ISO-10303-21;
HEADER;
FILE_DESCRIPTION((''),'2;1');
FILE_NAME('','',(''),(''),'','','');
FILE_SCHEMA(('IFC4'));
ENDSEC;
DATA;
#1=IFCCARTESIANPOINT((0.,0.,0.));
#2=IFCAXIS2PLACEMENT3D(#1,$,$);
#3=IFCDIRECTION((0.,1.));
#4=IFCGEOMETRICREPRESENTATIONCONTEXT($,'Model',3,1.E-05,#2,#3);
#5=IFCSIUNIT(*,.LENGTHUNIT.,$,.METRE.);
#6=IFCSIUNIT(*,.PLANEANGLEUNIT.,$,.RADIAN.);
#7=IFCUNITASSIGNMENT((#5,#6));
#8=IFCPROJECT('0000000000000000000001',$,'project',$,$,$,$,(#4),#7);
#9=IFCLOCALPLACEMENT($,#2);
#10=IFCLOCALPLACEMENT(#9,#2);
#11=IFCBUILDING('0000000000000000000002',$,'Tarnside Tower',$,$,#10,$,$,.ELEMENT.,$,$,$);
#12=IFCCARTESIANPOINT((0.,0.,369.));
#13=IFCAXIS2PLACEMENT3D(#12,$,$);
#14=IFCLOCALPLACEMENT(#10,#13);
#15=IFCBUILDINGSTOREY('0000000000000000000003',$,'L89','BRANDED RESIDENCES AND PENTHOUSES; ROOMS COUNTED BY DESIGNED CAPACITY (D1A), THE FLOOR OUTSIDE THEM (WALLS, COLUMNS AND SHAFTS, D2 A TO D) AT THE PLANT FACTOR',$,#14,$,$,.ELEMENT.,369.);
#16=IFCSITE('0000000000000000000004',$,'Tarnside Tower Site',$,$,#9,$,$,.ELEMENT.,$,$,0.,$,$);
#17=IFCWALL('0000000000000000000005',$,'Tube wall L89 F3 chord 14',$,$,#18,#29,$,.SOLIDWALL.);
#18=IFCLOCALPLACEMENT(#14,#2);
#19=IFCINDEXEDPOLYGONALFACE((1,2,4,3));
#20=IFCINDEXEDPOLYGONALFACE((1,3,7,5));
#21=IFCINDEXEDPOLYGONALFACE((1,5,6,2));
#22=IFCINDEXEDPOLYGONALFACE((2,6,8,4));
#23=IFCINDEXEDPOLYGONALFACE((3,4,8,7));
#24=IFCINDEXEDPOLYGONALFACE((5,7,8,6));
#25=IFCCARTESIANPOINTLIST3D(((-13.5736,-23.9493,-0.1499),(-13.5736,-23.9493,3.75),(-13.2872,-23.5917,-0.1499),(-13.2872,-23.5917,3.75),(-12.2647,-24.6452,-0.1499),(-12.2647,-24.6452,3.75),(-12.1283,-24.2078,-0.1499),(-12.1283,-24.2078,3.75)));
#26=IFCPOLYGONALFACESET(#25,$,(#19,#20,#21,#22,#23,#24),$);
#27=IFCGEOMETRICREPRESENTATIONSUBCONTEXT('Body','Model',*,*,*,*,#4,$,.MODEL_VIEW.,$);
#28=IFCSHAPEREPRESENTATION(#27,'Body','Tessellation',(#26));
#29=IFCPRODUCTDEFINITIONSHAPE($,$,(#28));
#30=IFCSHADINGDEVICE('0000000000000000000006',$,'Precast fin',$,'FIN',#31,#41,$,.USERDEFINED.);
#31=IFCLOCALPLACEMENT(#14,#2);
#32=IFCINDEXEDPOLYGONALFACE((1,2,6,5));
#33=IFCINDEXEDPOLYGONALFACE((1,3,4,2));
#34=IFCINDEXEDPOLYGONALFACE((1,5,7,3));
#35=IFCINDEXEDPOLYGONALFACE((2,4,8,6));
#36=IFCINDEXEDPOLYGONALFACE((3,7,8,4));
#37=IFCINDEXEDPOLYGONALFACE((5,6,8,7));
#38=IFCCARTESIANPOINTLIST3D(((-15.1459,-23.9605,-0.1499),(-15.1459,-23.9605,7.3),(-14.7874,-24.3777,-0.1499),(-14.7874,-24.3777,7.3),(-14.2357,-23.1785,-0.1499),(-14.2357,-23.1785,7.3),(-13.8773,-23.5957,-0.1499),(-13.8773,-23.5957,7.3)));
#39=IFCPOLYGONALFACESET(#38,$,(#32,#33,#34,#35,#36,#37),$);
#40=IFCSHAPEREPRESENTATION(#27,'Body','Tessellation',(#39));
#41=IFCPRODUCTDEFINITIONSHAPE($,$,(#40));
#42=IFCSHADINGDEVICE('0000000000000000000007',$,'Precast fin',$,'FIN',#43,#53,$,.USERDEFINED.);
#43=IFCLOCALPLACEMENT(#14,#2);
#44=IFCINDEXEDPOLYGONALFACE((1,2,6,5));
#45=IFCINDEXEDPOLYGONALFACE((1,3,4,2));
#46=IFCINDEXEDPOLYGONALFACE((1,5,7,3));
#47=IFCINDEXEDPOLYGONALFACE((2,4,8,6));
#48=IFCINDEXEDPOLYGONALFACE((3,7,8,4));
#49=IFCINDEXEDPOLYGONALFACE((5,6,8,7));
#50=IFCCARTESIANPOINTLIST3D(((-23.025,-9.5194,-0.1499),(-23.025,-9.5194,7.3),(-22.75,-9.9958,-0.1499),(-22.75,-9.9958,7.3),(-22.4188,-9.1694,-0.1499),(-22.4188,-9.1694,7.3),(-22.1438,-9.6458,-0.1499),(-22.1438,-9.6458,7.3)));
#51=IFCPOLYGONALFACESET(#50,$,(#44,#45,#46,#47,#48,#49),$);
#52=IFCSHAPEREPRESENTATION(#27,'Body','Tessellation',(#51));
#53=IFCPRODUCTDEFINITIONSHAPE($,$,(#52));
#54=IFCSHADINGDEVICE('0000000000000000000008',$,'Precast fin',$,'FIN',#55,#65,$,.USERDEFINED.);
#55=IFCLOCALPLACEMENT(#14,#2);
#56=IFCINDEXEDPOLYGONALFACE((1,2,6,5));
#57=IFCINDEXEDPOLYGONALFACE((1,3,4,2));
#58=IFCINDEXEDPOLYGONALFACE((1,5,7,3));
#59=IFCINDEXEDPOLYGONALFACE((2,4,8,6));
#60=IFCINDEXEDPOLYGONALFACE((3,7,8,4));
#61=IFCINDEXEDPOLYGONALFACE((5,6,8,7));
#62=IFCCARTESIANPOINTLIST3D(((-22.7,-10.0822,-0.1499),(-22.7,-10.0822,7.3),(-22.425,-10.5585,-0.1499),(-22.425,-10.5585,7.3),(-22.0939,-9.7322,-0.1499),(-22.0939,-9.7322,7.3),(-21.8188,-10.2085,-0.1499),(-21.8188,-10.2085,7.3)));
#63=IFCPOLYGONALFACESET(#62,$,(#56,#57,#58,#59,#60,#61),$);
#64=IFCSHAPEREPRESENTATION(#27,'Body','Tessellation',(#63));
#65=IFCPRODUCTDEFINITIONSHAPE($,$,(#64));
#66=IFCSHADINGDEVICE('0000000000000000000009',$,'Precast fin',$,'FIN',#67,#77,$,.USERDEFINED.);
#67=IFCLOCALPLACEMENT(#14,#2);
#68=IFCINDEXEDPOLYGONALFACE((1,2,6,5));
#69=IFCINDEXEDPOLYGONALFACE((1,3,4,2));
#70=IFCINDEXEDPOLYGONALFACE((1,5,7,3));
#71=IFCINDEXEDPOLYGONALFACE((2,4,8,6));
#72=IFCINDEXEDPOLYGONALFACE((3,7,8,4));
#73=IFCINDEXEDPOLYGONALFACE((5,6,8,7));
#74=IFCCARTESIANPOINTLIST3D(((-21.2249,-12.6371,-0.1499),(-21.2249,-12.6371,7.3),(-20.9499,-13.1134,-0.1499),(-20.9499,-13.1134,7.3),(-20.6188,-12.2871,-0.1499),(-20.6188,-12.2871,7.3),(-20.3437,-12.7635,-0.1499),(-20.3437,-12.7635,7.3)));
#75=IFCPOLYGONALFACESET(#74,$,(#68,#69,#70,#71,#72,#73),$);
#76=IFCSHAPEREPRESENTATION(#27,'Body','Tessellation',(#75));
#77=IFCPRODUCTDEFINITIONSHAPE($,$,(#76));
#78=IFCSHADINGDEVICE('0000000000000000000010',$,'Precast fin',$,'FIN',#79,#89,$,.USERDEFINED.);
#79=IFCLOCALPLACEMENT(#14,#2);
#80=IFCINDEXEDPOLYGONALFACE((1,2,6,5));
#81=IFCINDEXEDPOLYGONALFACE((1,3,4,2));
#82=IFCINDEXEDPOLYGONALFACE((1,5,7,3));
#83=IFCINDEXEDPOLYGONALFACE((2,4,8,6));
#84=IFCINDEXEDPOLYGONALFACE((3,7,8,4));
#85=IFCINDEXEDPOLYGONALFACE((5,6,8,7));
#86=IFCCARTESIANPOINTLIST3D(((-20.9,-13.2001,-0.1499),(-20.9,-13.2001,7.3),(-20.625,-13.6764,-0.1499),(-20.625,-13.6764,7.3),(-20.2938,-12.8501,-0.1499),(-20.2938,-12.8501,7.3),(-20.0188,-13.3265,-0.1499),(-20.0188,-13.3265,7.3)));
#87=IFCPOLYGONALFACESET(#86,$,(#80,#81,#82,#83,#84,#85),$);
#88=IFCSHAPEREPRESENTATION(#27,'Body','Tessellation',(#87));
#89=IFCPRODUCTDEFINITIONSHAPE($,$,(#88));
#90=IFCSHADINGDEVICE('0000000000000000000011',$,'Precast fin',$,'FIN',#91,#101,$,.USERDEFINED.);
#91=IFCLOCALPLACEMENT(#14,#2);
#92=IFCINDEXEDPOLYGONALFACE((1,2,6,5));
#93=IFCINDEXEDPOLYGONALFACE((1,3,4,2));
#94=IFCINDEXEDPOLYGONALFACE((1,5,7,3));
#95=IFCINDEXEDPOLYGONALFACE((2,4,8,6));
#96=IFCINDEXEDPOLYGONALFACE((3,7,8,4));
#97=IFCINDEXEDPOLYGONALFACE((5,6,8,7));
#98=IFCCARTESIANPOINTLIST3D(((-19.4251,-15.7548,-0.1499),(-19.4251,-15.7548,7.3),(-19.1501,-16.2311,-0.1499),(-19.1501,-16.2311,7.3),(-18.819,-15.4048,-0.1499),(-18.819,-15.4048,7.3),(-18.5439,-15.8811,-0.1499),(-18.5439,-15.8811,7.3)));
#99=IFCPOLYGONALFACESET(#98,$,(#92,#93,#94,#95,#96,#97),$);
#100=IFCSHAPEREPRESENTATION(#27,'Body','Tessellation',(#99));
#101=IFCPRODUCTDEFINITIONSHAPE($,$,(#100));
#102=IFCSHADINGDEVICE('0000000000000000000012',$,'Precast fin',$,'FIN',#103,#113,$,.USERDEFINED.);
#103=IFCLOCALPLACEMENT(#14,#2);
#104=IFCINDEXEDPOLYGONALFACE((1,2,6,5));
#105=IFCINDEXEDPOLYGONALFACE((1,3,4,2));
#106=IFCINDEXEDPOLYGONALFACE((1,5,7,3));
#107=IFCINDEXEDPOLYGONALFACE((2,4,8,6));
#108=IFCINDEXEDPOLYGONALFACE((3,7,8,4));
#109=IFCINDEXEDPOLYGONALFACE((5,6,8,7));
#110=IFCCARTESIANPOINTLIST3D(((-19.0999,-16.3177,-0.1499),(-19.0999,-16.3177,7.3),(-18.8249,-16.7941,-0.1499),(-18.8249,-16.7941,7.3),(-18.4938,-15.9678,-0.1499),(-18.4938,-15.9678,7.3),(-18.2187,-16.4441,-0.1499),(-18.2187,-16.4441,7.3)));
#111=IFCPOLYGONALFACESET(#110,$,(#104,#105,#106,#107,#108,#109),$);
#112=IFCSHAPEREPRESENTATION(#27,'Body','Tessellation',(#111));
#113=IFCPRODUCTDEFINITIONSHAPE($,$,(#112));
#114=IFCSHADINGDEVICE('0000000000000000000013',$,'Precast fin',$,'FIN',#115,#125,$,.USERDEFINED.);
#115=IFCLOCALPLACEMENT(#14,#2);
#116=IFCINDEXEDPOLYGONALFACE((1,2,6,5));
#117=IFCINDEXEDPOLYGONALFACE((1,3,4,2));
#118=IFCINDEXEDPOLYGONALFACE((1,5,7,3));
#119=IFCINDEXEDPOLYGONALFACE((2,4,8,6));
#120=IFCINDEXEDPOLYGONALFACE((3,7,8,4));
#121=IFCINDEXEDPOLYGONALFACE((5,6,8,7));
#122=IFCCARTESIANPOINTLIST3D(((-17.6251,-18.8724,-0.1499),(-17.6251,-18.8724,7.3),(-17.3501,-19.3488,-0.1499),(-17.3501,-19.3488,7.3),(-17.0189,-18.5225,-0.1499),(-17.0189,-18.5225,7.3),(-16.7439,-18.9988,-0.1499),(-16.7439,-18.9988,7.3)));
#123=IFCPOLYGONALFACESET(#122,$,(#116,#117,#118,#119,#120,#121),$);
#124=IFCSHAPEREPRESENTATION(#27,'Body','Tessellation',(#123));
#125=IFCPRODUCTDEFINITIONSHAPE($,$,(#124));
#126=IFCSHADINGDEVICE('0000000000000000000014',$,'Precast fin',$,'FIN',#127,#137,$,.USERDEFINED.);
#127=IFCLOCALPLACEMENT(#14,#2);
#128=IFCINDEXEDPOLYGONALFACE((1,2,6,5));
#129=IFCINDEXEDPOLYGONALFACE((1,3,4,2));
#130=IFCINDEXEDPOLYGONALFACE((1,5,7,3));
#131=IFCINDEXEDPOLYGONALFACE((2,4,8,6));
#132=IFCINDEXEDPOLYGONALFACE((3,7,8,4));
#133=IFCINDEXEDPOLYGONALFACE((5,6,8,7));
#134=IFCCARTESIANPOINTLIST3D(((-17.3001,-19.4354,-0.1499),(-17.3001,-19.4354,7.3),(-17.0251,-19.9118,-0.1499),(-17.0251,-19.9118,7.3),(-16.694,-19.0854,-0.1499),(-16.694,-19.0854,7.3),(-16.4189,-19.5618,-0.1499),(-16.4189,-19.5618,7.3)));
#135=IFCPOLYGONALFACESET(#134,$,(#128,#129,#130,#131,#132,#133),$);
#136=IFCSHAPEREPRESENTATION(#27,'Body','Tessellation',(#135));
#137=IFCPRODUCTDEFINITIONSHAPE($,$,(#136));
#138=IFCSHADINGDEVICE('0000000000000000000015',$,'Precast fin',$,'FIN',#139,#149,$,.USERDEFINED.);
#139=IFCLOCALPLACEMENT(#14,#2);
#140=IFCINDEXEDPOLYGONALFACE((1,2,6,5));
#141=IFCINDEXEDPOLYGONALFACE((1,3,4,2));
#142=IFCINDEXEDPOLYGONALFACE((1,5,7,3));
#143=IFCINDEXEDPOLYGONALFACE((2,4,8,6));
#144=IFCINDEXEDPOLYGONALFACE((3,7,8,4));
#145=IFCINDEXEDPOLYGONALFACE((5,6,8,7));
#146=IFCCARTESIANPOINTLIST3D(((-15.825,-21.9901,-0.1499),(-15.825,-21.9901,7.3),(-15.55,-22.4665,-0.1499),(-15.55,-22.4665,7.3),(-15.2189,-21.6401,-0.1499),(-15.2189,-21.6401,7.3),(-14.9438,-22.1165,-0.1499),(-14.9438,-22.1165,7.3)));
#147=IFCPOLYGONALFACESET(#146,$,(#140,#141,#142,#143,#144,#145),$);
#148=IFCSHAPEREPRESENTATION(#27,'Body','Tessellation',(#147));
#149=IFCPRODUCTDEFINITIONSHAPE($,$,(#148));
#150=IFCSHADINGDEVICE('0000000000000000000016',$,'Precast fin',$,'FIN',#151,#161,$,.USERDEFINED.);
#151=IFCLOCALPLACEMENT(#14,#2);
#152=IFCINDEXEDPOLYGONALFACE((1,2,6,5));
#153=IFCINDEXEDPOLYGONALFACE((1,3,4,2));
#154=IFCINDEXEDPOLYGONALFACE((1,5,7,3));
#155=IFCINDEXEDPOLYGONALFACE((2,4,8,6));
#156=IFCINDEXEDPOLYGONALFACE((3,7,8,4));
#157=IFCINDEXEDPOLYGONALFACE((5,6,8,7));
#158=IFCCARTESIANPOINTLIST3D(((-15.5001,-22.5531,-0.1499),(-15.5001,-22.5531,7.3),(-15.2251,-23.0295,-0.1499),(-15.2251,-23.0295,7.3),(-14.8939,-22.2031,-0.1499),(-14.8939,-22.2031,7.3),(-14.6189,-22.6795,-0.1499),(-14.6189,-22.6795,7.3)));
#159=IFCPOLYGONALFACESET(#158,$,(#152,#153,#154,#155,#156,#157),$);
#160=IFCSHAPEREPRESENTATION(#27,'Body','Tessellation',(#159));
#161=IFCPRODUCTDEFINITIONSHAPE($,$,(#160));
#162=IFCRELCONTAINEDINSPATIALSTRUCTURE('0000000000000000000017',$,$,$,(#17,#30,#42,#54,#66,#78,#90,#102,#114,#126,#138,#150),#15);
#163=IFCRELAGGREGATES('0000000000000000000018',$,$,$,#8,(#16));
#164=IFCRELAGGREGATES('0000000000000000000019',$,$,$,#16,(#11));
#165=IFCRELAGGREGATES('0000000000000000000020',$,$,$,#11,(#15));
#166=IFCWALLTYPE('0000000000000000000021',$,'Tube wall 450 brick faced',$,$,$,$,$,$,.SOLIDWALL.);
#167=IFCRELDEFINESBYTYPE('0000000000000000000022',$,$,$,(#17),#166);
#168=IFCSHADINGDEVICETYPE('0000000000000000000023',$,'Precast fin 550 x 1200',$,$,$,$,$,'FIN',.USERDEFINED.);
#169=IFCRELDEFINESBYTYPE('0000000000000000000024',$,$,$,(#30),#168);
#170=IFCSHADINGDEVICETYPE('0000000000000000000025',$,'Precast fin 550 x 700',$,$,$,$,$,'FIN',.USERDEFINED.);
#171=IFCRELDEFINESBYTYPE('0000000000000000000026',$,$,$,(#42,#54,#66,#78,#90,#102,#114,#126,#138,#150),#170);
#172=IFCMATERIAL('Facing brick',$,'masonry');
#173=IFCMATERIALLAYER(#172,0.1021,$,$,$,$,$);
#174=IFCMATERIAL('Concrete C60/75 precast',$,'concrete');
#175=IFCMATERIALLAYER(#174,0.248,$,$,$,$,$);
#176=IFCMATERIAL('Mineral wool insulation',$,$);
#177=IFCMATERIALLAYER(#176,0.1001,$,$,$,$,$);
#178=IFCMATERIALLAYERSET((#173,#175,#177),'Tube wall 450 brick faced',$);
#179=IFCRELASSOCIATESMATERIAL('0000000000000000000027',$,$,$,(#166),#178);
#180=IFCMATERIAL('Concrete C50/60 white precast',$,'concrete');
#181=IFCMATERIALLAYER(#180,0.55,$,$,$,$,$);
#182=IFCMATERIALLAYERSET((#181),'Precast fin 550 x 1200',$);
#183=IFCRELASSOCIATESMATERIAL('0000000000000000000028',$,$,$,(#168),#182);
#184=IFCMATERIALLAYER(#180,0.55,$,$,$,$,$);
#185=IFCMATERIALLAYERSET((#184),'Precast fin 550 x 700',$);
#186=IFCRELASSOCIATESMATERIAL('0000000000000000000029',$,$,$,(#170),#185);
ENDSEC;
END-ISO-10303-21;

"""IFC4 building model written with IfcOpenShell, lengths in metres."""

from ifc_helpers import new_model, si_unit, direction, frame, origin, place, context, subcontext, project, spatial, polyline, outline, extrude, material, layer, layer_set, type_object, element, save


model = new_model("IFC4")

# Units and contexts
model_context = context("Model", 3, precision=1e-05, world=origin(), true_north=direction((0.0, 1.0)))
body_context = subcontext(model_context, "Body", "Model", "MODEL_VIEW")
ifc_project = project(units=[si_unit("LENGTHUNIT", "METRE"), si_unit("PLANEANGLEUNIT", "RADIAN")], contexts=[model_context])

# Site, building, storey
site_placement = place(None, origin())
site = spatial("IfcSite", under=ifc_project, at=site_placement, Name="Tarnside Tower Site", CompositionType="ELEMENT", RefElevation=0.0)
building_placement = place(site_placement, origin())
building = spatial("IfcBuilding", under=site, at=building_placement, Name="Tarnside Tower", CompositionType="ELEMENT")
storey_placement = place(building_placement, frame((0.0, 0.0, 369.0)))
storey = spatial("IfcBuildingStorey", under=building, at=storey_placement, Name="L89", Description="BRANDED RESIDENCES AND PENTHOUSES; ROOMS COUNTED BY DESIGNED CAPACITY (D1A), THE FLOOR OUTSIDE THEM (WALLS, COLUMNS AND SHAFTS, D2 A TO D) AT THE PLANT FACTOR", CompositionType="ELEMENT", Elevation=369.0)

# Wall
ifc_material_1 = material(Name="Facing brick", Category="masonry")
ifc_layer_1 = layer(ifc_material_1, 0.1021)
ifc_material_2 = material(Name="Concrete C60/75 precast", Category="concrete")
ifc_layer_2 = layer(ifc_material_2, 0.248)
ifc_material_3 = material(Name="Mineral wool insulation")
ifc_layer_3 = layer(ifc_material_3, 0.1001)
ifc_layer_set_1 = layer_set([ifc_layer_1, ifc_layer_2, ifc_layer_3], Name="Tube wall 450 brick faced")
wall_type_1 = type_object("IfcWallType", Name="Tube wall 450 brick faced", PredefinedType="SOLIDWALL", material=ifc_layer_set_1)
wall_1_placement = place(storey_placement, frame((-13.4304, -23.7705, -0.1499), z_axis=(0.0, 0.0, 1.0), x_axis=(0.882966, -0.469436, 0.0)))
element("IfcWall", 1, at=wall_1_placement, inside=storey, type_object=wall_type_1, Name="Tube wall L89 F3 chord 14", PredefinedType="SOLIDWALL", context=body_context, shape_type="SweptSolid", body=[
    extrude(outline(polyline([(-0.0425, -0.2251), (1.4399, -0.2251), (1.355, 0.2251), (0.0425, 0.2251), (-0.0425, -0.2251)])), origin(), (0.0, 0.0, 1.0), 3.8999),
])

# Shading devices
ifc_material_4 = material(Name="Concrete C50/60 white precast", Category="concrete")
ifc_layer_4 = layer(ifc_material_4, 0.55)
ifc_layer_set_2 = layer_set([ifc_layer_4], Name="Precast fin 550 x 1200")
shading_device_type_1 = type_object("IfcShadingDeviceType", Name="Precast fin 550 x 1200", ElementType="FIN", PredefinedType="USERDEFINED", material=ifc_layer_set_2)
shading_device_placement = place(storey_placement, frame((-14.0564, -23.3872, -0.1499), z_axis=(-0.651657, 0.758514, 0.0), x_axis=(-0.758514, -0.651657, 0.0)))
element("IfcShadingDevice", 2, at=shading_device_placement, inside=storey, type_object=shading_device_type_1, Name="Precast fin", ObjectType="FIN", PredefinedType="USERDEFINED", context=body_context, shape_type="SweptSolid", body=[
    extrude(outline(polyline([(0.0, 0.0), (1.2, 0.0), (1.2, 7.45), (0.0, 7.45), (0.0, 0.0)])), frame((0.0, 0.0, -0.2749)), (0.0, 0.0, 1.0), 0.55),
])
ifc_layer_5 = layer(ifc_material_4, 0.55)
ifc_layer_set_3 = layer_set([ifc_layer_5], Name="Precast fin 550 x 700")
shading_device_type_2 = type_object("IfcShadingDeviceType", Name="Precast fin 550 x 700", ElementType="FIN", PredefinedType="USERDEFINED", material=ifc_layer_set_3)
for number, where, z_axis, x_axis, name in (
    (3, (-22.2812, -9.4077, -0.1499), (-0.5, 0.866025, 0.0), (-0.866025, -0.5, 0.0), "Precast fin"),
    (4, (-21.9563, -9.9705, -0.1499), (-0.5, 0.866025, 0.0), (-0.866025, -0.5, 0.0), "Precast fin"),
    (5, (-20.4812, -12.5254, -0.1499), (-0.5, 0.866025, 0.0), (-0.866025, -0.5, 0.0), "Precast fin"),
    (6, (-20.1562, -13.0884, -0.1499), (-0.5, 0.866025, 0.0), (-0.866025, -0.5, 0.0), "Precast fin"),
    (7, (-18.6814, -15.6431, -0.1499), (-0.5, 0.866025, 0.0), (-0.866025, -0.5, 0.0), "Precast fin"),
    (8, (-18.3562, -16.2061, -0.1499), (-0.5, 0.866025, 0.0), (-0.866025, -0.5, 0.0), "Precast fin"),
    (9, (-16.8813, -18.7607, -0.1499), (-0.5, 0.866025, 0.0), (-0.866025, -0.5, 0.0), "Precast fin"),
    (10, (-16.5564, -19.3237, -0.1499), (-0.5, 0.866025, 0.0), (-0.866025, -0.5, 0.0), "Precast fin"),
    (11, (-15.0813, -21.8784, -0.1499), (-0.5, 0.866025, 0.0), (-0.866025, -0.5, 0.0), "Precast fin"),
    (12, (-14.7563, -22.4414, -0.1499), (-0.5, 0.866025, 0.0), (-0.866025, -0.5, 0.0), "Precast fin"),
):
    element("IfcShadingDevice", number, at=place(storey_placement, frame(where, z_axis=z_axis, x_axis=x_axis)), inside=storey, type_object=shading_device_type_2, Name=name, ObjectType="FIN", PredefinedType="USERDEFINED", context=body_context, shape_type="SweptSolid", body=[
        extrude(outline(polyline([(0.0, 0.0), (0.7, 0.0), (0.7, 7.45), (0.0, 7.45), (0.0, 0.0)])), frame((0.0, 0.0, -0.2749)), (0.0, 0.0, 1.0), 0.55),
    ])

save(model, "model.ifc")
